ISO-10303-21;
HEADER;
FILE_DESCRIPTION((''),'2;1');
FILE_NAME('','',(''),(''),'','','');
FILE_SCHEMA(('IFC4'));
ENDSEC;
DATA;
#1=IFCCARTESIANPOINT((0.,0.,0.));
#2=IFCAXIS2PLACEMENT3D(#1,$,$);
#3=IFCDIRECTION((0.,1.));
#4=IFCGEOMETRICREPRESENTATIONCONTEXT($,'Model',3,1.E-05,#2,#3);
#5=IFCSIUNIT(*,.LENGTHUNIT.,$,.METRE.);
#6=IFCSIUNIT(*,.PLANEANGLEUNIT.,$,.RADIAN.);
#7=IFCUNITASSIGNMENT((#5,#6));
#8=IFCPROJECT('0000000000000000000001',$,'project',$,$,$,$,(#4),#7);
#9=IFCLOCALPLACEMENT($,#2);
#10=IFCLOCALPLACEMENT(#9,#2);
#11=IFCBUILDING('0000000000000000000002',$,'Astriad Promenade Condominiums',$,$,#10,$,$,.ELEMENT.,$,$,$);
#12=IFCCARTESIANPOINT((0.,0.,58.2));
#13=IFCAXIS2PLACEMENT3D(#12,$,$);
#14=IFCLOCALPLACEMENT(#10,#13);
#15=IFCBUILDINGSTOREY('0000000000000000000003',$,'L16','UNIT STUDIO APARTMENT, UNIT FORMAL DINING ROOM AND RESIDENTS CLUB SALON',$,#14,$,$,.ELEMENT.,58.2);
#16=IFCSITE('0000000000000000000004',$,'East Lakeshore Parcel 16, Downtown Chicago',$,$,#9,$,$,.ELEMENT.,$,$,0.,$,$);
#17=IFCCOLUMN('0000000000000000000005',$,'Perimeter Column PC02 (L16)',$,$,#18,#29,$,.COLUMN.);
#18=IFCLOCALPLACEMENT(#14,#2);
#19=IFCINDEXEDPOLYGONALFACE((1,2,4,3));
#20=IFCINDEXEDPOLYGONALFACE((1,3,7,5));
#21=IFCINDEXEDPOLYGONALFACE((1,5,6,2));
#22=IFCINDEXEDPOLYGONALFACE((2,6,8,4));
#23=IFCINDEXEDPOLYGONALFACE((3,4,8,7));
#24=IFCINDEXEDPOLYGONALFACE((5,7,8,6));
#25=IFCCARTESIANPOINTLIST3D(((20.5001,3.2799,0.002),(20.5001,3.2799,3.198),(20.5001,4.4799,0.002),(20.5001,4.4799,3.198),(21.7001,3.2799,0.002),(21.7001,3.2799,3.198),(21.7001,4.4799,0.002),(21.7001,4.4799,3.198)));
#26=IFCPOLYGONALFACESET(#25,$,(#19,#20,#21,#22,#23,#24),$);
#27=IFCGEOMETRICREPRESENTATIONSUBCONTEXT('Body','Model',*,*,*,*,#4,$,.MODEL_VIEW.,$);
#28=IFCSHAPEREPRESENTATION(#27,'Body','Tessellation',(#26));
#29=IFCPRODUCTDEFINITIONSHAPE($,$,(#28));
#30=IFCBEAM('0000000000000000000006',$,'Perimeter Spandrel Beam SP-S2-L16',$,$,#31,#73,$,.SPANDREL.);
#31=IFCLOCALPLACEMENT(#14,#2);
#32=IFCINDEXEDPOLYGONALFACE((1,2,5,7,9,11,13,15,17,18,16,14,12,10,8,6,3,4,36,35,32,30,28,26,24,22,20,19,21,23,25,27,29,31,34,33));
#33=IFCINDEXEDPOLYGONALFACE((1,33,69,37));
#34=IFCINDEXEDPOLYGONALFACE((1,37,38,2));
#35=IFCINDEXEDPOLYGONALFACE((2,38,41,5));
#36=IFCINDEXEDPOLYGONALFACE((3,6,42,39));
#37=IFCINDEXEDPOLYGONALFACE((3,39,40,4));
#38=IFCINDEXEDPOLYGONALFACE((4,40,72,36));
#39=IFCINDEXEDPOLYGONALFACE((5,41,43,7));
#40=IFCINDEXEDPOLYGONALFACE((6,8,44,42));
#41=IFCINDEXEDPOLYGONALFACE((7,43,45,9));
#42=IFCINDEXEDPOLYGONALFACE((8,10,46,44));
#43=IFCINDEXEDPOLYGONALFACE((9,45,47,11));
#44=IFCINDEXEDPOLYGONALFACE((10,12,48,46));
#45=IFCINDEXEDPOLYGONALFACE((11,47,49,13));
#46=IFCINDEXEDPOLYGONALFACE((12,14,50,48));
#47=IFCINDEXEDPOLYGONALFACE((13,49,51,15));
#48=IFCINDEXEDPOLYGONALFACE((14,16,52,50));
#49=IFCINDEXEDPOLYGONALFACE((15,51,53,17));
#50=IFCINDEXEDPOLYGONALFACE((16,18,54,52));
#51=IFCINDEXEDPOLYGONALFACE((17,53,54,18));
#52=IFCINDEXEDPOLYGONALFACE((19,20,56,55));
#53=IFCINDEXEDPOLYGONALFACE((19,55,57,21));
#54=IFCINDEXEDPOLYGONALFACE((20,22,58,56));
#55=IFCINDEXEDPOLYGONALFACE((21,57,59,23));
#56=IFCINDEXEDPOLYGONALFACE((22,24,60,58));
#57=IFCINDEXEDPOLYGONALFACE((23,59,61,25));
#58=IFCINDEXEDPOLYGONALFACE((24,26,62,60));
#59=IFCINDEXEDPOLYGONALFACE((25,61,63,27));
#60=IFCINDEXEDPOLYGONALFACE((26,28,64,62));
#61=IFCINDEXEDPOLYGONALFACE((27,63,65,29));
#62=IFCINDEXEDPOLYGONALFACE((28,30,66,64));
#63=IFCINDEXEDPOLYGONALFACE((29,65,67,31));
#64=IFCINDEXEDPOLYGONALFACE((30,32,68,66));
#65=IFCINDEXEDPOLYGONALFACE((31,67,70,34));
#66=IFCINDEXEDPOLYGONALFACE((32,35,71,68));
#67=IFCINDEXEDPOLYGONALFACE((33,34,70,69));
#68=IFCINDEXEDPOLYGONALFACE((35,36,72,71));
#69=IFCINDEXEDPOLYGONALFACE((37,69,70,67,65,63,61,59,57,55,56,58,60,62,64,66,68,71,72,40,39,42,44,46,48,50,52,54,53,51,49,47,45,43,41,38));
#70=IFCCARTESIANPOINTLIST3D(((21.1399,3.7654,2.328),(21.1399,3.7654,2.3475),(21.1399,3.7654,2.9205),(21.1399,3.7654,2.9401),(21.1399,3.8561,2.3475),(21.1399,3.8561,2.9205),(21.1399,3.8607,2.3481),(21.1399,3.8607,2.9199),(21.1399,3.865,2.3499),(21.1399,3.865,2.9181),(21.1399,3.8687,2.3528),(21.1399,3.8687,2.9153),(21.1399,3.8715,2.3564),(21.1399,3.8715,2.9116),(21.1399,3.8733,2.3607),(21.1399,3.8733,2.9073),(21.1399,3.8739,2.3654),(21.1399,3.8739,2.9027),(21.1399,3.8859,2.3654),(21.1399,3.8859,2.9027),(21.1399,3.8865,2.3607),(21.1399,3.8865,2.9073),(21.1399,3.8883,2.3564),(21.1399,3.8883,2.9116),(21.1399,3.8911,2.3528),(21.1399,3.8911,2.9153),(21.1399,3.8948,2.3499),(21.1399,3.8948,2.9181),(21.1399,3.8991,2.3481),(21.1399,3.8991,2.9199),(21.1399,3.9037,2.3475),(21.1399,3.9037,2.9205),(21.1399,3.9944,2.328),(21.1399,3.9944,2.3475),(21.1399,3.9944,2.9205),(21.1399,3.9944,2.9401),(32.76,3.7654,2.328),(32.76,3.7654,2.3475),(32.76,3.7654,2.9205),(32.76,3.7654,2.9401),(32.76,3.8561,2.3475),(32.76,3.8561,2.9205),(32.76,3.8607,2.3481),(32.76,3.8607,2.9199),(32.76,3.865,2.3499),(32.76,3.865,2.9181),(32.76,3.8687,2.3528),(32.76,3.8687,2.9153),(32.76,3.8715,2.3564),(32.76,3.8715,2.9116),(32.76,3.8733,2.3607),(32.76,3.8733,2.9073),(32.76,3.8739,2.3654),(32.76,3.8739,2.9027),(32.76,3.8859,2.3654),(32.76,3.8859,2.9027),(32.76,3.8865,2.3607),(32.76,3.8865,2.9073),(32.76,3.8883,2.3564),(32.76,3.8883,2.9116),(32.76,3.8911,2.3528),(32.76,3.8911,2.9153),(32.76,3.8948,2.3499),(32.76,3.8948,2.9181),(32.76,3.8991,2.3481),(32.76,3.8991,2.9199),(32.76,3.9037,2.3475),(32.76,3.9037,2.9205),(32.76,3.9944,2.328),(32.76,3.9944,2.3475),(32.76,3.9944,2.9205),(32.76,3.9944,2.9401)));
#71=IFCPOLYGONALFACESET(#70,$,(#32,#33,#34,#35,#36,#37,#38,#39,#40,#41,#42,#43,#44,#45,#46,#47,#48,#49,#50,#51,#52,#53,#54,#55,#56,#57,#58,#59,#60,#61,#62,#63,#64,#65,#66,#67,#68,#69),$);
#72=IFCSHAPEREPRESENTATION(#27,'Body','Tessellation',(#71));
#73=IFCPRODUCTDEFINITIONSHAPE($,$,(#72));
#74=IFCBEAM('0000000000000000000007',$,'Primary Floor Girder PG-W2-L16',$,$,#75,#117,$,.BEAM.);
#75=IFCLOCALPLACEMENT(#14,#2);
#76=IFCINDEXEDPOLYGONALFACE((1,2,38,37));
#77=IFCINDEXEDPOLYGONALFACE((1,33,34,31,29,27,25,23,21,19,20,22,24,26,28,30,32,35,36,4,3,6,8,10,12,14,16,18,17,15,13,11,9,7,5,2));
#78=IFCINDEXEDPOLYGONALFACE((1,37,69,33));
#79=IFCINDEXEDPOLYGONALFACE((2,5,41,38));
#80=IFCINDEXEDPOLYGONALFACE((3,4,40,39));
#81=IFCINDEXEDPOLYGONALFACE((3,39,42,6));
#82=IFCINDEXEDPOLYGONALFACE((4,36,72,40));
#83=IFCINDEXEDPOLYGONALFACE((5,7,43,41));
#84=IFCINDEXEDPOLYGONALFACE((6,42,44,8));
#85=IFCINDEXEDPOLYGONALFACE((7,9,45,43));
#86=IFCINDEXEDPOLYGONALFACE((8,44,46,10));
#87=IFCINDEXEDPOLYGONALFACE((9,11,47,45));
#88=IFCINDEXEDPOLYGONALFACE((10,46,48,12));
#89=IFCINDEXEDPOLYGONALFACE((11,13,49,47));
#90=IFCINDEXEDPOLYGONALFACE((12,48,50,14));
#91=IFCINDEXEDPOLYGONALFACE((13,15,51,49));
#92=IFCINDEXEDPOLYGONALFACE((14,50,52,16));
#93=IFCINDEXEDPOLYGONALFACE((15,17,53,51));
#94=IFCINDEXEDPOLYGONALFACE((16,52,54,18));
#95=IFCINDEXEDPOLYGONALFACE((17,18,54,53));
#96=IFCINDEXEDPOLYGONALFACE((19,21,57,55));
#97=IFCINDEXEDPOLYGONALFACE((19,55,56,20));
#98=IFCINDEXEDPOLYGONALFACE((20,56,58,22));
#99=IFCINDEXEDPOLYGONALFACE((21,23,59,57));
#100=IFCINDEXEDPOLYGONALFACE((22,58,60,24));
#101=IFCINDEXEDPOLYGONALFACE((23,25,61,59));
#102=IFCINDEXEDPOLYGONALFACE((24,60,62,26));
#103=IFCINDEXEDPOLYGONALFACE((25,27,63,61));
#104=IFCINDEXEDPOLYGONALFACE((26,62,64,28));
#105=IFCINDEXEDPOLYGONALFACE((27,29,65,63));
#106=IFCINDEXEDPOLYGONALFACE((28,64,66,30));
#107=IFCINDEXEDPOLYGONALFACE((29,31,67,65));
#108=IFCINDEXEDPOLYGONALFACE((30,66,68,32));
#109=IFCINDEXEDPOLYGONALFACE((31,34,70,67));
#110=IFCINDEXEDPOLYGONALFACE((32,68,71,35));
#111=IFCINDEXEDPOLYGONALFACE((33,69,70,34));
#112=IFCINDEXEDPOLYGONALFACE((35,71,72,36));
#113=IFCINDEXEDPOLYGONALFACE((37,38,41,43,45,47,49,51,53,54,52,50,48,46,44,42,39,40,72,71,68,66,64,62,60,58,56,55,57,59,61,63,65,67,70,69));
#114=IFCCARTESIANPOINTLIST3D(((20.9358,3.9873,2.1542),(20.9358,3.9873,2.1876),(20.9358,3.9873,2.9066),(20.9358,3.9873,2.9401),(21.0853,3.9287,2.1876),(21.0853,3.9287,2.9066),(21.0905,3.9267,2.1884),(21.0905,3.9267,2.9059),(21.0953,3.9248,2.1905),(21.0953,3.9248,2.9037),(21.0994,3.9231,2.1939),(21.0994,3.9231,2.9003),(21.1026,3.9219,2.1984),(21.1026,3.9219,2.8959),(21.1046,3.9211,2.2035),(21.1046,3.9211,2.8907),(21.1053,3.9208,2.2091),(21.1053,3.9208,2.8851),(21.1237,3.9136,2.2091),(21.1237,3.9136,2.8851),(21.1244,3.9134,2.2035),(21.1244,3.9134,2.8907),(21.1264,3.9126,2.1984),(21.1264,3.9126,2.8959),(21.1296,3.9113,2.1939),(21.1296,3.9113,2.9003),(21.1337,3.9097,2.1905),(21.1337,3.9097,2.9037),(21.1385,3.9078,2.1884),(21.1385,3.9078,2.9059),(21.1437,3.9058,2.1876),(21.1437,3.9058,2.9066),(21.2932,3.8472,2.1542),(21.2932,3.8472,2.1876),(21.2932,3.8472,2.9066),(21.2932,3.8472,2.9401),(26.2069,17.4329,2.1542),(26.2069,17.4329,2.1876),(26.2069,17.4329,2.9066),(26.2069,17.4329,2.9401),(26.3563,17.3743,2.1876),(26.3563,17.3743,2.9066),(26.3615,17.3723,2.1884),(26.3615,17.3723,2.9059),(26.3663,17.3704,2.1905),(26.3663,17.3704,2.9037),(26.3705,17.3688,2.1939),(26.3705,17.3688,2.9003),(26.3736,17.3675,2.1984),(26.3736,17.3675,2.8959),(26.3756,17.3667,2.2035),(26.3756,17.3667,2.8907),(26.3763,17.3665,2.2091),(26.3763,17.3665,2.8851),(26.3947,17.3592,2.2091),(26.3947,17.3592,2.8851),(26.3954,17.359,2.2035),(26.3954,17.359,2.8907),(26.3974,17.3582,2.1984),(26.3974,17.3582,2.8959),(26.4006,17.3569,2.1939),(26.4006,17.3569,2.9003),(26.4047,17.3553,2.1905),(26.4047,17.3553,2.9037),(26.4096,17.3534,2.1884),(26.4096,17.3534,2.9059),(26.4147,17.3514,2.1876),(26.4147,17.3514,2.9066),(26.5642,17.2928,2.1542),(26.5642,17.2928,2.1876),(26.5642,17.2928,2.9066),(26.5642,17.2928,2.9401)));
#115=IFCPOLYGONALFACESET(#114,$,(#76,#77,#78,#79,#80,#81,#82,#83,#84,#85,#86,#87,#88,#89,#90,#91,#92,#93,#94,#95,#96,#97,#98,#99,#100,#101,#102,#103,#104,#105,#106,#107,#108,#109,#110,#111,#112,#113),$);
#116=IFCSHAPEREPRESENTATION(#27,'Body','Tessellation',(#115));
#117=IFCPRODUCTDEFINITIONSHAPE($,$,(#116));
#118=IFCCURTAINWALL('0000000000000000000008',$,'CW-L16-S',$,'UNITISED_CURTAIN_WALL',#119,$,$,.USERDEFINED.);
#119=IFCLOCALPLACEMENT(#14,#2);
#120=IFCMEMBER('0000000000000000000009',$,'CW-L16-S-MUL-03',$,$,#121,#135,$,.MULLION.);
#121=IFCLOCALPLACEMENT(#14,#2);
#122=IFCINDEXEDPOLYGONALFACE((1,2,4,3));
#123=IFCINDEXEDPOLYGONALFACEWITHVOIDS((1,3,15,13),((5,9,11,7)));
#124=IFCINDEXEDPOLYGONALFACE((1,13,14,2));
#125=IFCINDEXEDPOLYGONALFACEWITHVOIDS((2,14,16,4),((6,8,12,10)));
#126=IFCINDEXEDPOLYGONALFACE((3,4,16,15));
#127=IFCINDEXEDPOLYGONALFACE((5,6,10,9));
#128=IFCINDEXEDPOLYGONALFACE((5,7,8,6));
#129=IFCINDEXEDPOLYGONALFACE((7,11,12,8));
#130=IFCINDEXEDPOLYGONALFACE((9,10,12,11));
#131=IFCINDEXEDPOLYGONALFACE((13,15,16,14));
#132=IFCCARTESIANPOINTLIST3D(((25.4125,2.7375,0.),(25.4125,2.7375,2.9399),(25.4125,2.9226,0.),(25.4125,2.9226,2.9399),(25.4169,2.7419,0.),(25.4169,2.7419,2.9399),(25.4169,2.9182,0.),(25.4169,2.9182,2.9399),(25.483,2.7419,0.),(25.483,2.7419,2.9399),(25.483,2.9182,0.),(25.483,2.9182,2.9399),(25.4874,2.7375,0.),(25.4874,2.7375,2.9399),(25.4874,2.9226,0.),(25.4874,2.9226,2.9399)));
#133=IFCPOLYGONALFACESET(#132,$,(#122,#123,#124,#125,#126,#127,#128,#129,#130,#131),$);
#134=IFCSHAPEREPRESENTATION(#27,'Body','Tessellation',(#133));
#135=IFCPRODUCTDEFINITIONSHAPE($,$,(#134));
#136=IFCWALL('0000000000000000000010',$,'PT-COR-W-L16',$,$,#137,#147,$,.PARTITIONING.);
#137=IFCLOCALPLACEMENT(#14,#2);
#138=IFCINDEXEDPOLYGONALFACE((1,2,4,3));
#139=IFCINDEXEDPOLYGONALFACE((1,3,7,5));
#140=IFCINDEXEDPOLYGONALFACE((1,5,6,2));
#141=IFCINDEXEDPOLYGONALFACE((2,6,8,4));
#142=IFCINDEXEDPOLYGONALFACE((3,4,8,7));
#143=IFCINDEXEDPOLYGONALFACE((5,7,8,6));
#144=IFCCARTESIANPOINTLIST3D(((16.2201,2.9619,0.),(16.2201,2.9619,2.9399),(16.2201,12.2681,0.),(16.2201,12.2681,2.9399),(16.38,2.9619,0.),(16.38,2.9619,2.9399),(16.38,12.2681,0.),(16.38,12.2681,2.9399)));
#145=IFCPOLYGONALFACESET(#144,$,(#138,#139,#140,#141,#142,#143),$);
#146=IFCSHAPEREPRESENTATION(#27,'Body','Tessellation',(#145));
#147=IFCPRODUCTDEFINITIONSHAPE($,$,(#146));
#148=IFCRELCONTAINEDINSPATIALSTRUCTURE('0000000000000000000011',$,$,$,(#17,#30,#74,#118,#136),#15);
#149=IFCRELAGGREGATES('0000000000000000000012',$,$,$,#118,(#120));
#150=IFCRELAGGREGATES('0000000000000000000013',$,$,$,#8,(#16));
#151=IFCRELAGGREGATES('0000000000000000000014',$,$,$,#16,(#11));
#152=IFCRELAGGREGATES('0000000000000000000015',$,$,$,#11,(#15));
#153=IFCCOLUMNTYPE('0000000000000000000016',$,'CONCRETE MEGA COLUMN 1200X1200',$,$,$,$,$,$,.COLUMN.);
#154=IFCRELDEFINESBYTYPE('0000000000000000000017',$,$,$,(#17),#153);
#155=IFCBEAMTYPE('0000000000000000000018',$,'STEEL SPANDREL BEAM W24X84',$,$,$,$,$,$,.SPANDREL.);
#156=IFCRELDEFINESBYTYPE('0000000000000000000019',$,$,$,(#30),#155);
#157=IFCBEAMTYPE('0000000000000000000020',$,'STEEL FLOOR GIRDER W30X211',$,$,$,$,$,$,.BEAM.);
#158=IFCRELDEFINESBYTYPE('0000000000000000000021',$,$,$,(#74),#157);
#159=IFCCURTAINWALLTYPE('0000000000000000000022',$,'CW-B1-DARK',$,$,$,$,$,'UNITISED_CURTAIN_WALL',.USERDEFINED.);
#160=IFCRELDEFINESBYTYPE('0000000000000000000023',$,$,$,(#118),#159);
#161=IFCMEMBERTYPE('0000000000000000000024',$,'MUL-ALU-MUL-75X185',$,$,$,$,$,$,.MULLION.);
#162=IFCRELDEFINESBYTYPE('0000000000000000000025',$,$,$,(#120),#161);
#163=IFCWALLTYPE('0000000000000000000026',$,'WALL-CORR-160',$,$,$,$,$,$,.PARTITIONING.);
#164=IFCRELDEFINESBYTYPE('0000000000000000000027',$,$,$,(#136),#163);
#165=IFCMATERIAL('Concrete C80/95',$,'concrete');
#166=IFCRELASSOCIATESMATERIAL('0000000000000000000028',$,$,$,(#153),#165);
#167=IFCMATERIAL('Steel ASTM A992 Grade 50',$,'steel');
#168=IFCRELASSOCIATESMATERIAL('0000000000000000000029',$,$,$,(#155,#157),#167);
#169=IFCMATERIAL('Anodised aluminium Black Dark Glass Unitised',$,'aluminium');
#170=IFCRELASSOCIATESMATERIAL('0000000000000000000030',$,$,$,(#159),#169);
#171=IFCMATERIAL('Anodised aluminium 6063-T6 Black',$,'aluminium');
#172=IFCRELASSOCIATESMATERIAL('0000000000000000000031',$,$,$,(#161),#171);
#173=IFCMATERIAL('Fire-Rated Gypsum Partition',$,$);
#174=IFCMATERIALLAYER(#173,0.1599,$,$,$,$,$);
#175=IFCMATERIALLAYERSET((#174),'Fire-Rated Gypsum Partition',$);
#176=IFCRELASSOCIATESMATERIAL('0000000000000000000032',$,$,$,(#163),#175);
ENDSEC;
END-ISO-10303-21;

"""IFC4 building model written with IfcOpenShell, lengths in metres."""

from ifc_helpers import new_model, si_unit, direction, frame, frame_2d, origin, origin_2d, place, context, subcontext, project, spatial, rectangle, hollow_rectangle, i_section, extrude, source, transform, mapped, material, layer, layer_set, material_profile, profile_set, type_object, type_shapes, element, aggregate, save


model = new_model("IFC4")

# Units and contexts
model_context = context("Model", 3, precision=1e-05, world=origin(), true_north=direction((0.0, 1.0)))
body_context = subcontext(model_context, "Body", "Model", "MODEL_VIEW")
ifc_project = project(units=[si_unit("LENGTHUNIT", "METRE"), si_unit("PLANEANGLEUNIT", "RADIAN")], contexts=[model_context])

# Site, building, storey
site_placement = place(None, origin())
site = spatial("IfcSite", under=ifc_project, at=site_placement, Name="East Lakeshore Parcel 16, Downtown Chicago", CompositionType="ELEMENT", RefElevation=0.0)
building_placement = place(site_placement, origin())
building = spatial("IfcBuilding", under=site, at=building_placement, Name="Astriad Promenade Condominiums", CompositionType="ELEMENT")
storey_placement = place(building_placement, frame((0.0, 0.0, 58.2)))
storey = spatial("IfcBuildingStorey", under=building, at=storey_placement, Name="L16", Description="UNIT STUDIO APARTMENT, UNIT FORMAL DINING ROOM AND RESIDENTS CLUB SALON", CompositionType="ELEMENT", Elevation=58.2)

# Column
ifc_material_1 = material(Name="Concrete C80/95", Category="concrete")
ifc_material_profile_1 = material_profile(ifc_material_1, rectangle(XDim=1.2, YDim=1.2, at=origin_2d()), Name="RC-COL-1200X1200")
ifc_profile_set_1 = profile_set([ifc_material_profile_1], Name="Concrete C80/95")
column_type = type_object("IfcColumnType", Name="CONCRETE MEGA COLUMN 1200X1200", PredefinedType="COLUMN", material=ifc_profile_set_1)
shared_shape_1 = source(origin(), body_context, "Body", "SweptSolid", [
    extrude(rectangle(XDim=1.2, YDim=1.2, at=origin_2d()), origin(), (0.0, 0.0, 1.0), 3.196),
])
type_shapes(column_type, [shared_shape_1])
column_placement = place(storey_placement, frame((21.1001, 3.8799, 0.002), z_axis=(0.0, 0.0, 1.0), x_axis=(1.0, 0.0, 0.0)))
element("IfcColumn", 1, at=column_placement, inside=storey, type_object=column_type, Name="Perimeter Column PC02 (L16)", PredefinedType="COLUMN", context=body_context, shape_type="MappedRepresentation", body=[
    mapped(shared_shape_1, transform((0.0, 0.0, 0.0), scale=1.0)),
])

# Beams
ifc_material_2 = material(Name="Steel ASTM A992 Grade 50", Category="steel")
ifc_material_profile_2 = material_profile(ifc_material_2, i_section(OverallWidth=0.229, OverallDepth=0.6121, WebThickness=0.012, FlangeThickness=0.0195, FilletRadius=0.0178, at=origin_2d()), Name="W24X84")
ifc_profile_set_2 = profile_set([ifc_material_profile_2], Name="Steel ASTM A992 Grade 50")
beam_type_1 = type_object("IfcBeamType", Name="STEEL SPANDREL BEAM W24X84", PredefinedType="SPANDREL", material=ifc_profile_set_2)
shared_shape_2 = source(origin(), body_context, "Body", "SweptSolid", [
    extrude(i_section(OverallWidth=0.229, OverallDepth=0.6121, WebThickness=0.012, FlangeThickness=0.0195, FilletRadius=0.0178, at=origin_2d()), origin(), (0.0, 0.0, 1.0), 11.6201),
])
type_shapes(beam_type_1, [shared_shape_2])
beam_1_placement = place(storey_placement, frame((21.1399, 3.8799, 2.634), z_axis=(1.0, 0.0, 0.0), x_axis=(0.0, 1.0, 0.0)))
element("IfcBeam", 2, at=beam_1_placement, inside=storey, type_object=beam_type_1, Name="Perimeter Spandrel Beam SP-S2-L16", PredefinedType="SPANDREL", context=body_context, shape_type="MappedRepresentation", body=[
    mapped(shared_shape_2, transform((0.0, 0.0, 0.0), scale=1.0)),
])
ifc_material_profile_3 = material_profile(ifc_material_2, i_section(OverallWidth=0.3838, OverallDepth=0.7859, WebThickness=0.0198, FlangeThickness=0.0334, FilletRadius=0.0215, at=origin_2d()), Name="W30X211")
ifc_profile_set_3 = profile_set([ifc_material_profile_3], Name="Steel ASTM A992 Grade 50")
beam_type_2 = type_object("IfcBeamType", Name="STEEL FLOOR GIRDER W30X211", PredefinedType="BEAM", material=ifc_profile_set_3)
shared_shape_3 = source(origin(), body_context, "Body", "SweptSolid", [
    extrude(i_section(OverallWidth=0.3838, OverallDepth=0.7859, WebThickness=0.0198, FlangeThickness=0.0334, FilletRadius=0.0215, at=origin_2d()), origin(), (0.0, 0.0, 1.0), 14.4419),
])
type_shapes(beam_type_2, [shared_shape_3])
beam_2_placement = place(storey_placement, frame((21.1145, 3.9172, 2.5471), z_axis=(0.364981, 0.931015, 0.0), x_axis=(-0.931015, 0.364981, 0.0)))
element("IfcBeam", 3, at=beam_2_placement, inside=storey, type_object=beam_type_2, Name="Primary Floor Girder PG-W2-L16", PredefinedType="BEAM", context=body_context, shape_type="MappedRepresentation", body=[
    mapped(shared_shape_3, transform((0.0, 0.0, 0.0), scale=1.0)),
])

# Curtain wall, member
ifc_material_3 = material(Name="Anodised aluminium Black Dark Glass Unitised", Category="aluminium")
curtain_wall_type = type_object("IfcCurtainWallType", Name="CW-B1-DARK", ElementType="UNITISED_CURTAIN_WALL", PredefinedType="USERDEFINED", material=ifc_material_3)
curtain_wall_placement = place(storey_placement, origin())
curtain_wall = element("IfcCurtainWall", 4, at=curtain_wall_placement, inside=storey, type_object=curtain_wall_type, Name="CW-L16-S", ObjectType="UNITISED_CURTAIN_WALL", PredefinedType="USERDEFINED")
ifc_material_4 = material(Name="Anodised aluminium 6063-T6 Black", Category="aluminium")
ifc_material_profile_4 = material_profile(ifc_material_4, hollow_rectangle(XDim=0.075, YDim=0.1851, WallThickness=0.0044, at=origin_2d()), Name="ALU-MUL-75X185")
ifc_profile_set_4 = profile_set([ifc_material_profile_4], Name="Anodised aluminium 6063-T6 Black")
member_type = type_object("IfcMemberType", Name="MUL-ALU-MUL-75X185", PredefinedType="MULLION", material=ifc_profile_set_4)
shared_shape_4 = source(origin(), body_context, "Body", "SweptSolid", [
    extrude(hollow_rectangle(XDim=0.075, YDim=0.1851, WallThickness=0.0044, at=origin_2d()), origin(), (0.0, 0.0, 1.0), 2.9399),
])
type_shapes(member_type, [shared_shape_4])
member_placement = place(storey_placement, frame((25.45, 2.8301, 0.0), z_axis=(0.0, 0.0, 1.0), x_axis=(1.0, 0.0, 0.0)))
member = element("IfcMember", 5, at=member_placement, type_object=member_type, Name="CW-L16-S-MUL-03", PredefinedType="MULLION", context=body_context, shape_type="MappedRepresentation", body=[
    mapped(shared_shape_4, transform((0.0, 0.0, 0.0), scale=1.0)),
])
aggregate(curtain_wall, [member])

# Wall
ifc_material_5 = material(Name="Fire-Rated Gypsum Partition")
ifc_layer_1 = layer(ifc_material_5, 0.1599)
ifc_layer_set_1 = layer_set([ifc_layer_1], Name="Fire-Rated Gypsum Partition")
wall_type_1 = type_object("IfcWallType", Name="WALL-CORR-160", PredefinedType="PARTITIONING", material=ifc_layer_set_1)
wall_1_placement = place(storey_placement, frame((16.3, 2.9619, 0.0), z_axis=(0.0, 0.0, 1.0), x_axis=(0.0, 1.0, 0.0)))
element("IfcWall", 6, at=wall_1_placement, inside=storey, type_object=wall_type_1, Name="PT-COR-W-L16", PredefinedType="PARTITIONING", context=body_context, shape_type="SweptSolid", body=[
    extrude(rectangle(XDim=9.3062, YDim=0.1599, at=frame_2d((4.6531, 0.0))), origin(), (0.0, 0.0, 1.0), 2.9399),
])

save(model, "model.ifc")
